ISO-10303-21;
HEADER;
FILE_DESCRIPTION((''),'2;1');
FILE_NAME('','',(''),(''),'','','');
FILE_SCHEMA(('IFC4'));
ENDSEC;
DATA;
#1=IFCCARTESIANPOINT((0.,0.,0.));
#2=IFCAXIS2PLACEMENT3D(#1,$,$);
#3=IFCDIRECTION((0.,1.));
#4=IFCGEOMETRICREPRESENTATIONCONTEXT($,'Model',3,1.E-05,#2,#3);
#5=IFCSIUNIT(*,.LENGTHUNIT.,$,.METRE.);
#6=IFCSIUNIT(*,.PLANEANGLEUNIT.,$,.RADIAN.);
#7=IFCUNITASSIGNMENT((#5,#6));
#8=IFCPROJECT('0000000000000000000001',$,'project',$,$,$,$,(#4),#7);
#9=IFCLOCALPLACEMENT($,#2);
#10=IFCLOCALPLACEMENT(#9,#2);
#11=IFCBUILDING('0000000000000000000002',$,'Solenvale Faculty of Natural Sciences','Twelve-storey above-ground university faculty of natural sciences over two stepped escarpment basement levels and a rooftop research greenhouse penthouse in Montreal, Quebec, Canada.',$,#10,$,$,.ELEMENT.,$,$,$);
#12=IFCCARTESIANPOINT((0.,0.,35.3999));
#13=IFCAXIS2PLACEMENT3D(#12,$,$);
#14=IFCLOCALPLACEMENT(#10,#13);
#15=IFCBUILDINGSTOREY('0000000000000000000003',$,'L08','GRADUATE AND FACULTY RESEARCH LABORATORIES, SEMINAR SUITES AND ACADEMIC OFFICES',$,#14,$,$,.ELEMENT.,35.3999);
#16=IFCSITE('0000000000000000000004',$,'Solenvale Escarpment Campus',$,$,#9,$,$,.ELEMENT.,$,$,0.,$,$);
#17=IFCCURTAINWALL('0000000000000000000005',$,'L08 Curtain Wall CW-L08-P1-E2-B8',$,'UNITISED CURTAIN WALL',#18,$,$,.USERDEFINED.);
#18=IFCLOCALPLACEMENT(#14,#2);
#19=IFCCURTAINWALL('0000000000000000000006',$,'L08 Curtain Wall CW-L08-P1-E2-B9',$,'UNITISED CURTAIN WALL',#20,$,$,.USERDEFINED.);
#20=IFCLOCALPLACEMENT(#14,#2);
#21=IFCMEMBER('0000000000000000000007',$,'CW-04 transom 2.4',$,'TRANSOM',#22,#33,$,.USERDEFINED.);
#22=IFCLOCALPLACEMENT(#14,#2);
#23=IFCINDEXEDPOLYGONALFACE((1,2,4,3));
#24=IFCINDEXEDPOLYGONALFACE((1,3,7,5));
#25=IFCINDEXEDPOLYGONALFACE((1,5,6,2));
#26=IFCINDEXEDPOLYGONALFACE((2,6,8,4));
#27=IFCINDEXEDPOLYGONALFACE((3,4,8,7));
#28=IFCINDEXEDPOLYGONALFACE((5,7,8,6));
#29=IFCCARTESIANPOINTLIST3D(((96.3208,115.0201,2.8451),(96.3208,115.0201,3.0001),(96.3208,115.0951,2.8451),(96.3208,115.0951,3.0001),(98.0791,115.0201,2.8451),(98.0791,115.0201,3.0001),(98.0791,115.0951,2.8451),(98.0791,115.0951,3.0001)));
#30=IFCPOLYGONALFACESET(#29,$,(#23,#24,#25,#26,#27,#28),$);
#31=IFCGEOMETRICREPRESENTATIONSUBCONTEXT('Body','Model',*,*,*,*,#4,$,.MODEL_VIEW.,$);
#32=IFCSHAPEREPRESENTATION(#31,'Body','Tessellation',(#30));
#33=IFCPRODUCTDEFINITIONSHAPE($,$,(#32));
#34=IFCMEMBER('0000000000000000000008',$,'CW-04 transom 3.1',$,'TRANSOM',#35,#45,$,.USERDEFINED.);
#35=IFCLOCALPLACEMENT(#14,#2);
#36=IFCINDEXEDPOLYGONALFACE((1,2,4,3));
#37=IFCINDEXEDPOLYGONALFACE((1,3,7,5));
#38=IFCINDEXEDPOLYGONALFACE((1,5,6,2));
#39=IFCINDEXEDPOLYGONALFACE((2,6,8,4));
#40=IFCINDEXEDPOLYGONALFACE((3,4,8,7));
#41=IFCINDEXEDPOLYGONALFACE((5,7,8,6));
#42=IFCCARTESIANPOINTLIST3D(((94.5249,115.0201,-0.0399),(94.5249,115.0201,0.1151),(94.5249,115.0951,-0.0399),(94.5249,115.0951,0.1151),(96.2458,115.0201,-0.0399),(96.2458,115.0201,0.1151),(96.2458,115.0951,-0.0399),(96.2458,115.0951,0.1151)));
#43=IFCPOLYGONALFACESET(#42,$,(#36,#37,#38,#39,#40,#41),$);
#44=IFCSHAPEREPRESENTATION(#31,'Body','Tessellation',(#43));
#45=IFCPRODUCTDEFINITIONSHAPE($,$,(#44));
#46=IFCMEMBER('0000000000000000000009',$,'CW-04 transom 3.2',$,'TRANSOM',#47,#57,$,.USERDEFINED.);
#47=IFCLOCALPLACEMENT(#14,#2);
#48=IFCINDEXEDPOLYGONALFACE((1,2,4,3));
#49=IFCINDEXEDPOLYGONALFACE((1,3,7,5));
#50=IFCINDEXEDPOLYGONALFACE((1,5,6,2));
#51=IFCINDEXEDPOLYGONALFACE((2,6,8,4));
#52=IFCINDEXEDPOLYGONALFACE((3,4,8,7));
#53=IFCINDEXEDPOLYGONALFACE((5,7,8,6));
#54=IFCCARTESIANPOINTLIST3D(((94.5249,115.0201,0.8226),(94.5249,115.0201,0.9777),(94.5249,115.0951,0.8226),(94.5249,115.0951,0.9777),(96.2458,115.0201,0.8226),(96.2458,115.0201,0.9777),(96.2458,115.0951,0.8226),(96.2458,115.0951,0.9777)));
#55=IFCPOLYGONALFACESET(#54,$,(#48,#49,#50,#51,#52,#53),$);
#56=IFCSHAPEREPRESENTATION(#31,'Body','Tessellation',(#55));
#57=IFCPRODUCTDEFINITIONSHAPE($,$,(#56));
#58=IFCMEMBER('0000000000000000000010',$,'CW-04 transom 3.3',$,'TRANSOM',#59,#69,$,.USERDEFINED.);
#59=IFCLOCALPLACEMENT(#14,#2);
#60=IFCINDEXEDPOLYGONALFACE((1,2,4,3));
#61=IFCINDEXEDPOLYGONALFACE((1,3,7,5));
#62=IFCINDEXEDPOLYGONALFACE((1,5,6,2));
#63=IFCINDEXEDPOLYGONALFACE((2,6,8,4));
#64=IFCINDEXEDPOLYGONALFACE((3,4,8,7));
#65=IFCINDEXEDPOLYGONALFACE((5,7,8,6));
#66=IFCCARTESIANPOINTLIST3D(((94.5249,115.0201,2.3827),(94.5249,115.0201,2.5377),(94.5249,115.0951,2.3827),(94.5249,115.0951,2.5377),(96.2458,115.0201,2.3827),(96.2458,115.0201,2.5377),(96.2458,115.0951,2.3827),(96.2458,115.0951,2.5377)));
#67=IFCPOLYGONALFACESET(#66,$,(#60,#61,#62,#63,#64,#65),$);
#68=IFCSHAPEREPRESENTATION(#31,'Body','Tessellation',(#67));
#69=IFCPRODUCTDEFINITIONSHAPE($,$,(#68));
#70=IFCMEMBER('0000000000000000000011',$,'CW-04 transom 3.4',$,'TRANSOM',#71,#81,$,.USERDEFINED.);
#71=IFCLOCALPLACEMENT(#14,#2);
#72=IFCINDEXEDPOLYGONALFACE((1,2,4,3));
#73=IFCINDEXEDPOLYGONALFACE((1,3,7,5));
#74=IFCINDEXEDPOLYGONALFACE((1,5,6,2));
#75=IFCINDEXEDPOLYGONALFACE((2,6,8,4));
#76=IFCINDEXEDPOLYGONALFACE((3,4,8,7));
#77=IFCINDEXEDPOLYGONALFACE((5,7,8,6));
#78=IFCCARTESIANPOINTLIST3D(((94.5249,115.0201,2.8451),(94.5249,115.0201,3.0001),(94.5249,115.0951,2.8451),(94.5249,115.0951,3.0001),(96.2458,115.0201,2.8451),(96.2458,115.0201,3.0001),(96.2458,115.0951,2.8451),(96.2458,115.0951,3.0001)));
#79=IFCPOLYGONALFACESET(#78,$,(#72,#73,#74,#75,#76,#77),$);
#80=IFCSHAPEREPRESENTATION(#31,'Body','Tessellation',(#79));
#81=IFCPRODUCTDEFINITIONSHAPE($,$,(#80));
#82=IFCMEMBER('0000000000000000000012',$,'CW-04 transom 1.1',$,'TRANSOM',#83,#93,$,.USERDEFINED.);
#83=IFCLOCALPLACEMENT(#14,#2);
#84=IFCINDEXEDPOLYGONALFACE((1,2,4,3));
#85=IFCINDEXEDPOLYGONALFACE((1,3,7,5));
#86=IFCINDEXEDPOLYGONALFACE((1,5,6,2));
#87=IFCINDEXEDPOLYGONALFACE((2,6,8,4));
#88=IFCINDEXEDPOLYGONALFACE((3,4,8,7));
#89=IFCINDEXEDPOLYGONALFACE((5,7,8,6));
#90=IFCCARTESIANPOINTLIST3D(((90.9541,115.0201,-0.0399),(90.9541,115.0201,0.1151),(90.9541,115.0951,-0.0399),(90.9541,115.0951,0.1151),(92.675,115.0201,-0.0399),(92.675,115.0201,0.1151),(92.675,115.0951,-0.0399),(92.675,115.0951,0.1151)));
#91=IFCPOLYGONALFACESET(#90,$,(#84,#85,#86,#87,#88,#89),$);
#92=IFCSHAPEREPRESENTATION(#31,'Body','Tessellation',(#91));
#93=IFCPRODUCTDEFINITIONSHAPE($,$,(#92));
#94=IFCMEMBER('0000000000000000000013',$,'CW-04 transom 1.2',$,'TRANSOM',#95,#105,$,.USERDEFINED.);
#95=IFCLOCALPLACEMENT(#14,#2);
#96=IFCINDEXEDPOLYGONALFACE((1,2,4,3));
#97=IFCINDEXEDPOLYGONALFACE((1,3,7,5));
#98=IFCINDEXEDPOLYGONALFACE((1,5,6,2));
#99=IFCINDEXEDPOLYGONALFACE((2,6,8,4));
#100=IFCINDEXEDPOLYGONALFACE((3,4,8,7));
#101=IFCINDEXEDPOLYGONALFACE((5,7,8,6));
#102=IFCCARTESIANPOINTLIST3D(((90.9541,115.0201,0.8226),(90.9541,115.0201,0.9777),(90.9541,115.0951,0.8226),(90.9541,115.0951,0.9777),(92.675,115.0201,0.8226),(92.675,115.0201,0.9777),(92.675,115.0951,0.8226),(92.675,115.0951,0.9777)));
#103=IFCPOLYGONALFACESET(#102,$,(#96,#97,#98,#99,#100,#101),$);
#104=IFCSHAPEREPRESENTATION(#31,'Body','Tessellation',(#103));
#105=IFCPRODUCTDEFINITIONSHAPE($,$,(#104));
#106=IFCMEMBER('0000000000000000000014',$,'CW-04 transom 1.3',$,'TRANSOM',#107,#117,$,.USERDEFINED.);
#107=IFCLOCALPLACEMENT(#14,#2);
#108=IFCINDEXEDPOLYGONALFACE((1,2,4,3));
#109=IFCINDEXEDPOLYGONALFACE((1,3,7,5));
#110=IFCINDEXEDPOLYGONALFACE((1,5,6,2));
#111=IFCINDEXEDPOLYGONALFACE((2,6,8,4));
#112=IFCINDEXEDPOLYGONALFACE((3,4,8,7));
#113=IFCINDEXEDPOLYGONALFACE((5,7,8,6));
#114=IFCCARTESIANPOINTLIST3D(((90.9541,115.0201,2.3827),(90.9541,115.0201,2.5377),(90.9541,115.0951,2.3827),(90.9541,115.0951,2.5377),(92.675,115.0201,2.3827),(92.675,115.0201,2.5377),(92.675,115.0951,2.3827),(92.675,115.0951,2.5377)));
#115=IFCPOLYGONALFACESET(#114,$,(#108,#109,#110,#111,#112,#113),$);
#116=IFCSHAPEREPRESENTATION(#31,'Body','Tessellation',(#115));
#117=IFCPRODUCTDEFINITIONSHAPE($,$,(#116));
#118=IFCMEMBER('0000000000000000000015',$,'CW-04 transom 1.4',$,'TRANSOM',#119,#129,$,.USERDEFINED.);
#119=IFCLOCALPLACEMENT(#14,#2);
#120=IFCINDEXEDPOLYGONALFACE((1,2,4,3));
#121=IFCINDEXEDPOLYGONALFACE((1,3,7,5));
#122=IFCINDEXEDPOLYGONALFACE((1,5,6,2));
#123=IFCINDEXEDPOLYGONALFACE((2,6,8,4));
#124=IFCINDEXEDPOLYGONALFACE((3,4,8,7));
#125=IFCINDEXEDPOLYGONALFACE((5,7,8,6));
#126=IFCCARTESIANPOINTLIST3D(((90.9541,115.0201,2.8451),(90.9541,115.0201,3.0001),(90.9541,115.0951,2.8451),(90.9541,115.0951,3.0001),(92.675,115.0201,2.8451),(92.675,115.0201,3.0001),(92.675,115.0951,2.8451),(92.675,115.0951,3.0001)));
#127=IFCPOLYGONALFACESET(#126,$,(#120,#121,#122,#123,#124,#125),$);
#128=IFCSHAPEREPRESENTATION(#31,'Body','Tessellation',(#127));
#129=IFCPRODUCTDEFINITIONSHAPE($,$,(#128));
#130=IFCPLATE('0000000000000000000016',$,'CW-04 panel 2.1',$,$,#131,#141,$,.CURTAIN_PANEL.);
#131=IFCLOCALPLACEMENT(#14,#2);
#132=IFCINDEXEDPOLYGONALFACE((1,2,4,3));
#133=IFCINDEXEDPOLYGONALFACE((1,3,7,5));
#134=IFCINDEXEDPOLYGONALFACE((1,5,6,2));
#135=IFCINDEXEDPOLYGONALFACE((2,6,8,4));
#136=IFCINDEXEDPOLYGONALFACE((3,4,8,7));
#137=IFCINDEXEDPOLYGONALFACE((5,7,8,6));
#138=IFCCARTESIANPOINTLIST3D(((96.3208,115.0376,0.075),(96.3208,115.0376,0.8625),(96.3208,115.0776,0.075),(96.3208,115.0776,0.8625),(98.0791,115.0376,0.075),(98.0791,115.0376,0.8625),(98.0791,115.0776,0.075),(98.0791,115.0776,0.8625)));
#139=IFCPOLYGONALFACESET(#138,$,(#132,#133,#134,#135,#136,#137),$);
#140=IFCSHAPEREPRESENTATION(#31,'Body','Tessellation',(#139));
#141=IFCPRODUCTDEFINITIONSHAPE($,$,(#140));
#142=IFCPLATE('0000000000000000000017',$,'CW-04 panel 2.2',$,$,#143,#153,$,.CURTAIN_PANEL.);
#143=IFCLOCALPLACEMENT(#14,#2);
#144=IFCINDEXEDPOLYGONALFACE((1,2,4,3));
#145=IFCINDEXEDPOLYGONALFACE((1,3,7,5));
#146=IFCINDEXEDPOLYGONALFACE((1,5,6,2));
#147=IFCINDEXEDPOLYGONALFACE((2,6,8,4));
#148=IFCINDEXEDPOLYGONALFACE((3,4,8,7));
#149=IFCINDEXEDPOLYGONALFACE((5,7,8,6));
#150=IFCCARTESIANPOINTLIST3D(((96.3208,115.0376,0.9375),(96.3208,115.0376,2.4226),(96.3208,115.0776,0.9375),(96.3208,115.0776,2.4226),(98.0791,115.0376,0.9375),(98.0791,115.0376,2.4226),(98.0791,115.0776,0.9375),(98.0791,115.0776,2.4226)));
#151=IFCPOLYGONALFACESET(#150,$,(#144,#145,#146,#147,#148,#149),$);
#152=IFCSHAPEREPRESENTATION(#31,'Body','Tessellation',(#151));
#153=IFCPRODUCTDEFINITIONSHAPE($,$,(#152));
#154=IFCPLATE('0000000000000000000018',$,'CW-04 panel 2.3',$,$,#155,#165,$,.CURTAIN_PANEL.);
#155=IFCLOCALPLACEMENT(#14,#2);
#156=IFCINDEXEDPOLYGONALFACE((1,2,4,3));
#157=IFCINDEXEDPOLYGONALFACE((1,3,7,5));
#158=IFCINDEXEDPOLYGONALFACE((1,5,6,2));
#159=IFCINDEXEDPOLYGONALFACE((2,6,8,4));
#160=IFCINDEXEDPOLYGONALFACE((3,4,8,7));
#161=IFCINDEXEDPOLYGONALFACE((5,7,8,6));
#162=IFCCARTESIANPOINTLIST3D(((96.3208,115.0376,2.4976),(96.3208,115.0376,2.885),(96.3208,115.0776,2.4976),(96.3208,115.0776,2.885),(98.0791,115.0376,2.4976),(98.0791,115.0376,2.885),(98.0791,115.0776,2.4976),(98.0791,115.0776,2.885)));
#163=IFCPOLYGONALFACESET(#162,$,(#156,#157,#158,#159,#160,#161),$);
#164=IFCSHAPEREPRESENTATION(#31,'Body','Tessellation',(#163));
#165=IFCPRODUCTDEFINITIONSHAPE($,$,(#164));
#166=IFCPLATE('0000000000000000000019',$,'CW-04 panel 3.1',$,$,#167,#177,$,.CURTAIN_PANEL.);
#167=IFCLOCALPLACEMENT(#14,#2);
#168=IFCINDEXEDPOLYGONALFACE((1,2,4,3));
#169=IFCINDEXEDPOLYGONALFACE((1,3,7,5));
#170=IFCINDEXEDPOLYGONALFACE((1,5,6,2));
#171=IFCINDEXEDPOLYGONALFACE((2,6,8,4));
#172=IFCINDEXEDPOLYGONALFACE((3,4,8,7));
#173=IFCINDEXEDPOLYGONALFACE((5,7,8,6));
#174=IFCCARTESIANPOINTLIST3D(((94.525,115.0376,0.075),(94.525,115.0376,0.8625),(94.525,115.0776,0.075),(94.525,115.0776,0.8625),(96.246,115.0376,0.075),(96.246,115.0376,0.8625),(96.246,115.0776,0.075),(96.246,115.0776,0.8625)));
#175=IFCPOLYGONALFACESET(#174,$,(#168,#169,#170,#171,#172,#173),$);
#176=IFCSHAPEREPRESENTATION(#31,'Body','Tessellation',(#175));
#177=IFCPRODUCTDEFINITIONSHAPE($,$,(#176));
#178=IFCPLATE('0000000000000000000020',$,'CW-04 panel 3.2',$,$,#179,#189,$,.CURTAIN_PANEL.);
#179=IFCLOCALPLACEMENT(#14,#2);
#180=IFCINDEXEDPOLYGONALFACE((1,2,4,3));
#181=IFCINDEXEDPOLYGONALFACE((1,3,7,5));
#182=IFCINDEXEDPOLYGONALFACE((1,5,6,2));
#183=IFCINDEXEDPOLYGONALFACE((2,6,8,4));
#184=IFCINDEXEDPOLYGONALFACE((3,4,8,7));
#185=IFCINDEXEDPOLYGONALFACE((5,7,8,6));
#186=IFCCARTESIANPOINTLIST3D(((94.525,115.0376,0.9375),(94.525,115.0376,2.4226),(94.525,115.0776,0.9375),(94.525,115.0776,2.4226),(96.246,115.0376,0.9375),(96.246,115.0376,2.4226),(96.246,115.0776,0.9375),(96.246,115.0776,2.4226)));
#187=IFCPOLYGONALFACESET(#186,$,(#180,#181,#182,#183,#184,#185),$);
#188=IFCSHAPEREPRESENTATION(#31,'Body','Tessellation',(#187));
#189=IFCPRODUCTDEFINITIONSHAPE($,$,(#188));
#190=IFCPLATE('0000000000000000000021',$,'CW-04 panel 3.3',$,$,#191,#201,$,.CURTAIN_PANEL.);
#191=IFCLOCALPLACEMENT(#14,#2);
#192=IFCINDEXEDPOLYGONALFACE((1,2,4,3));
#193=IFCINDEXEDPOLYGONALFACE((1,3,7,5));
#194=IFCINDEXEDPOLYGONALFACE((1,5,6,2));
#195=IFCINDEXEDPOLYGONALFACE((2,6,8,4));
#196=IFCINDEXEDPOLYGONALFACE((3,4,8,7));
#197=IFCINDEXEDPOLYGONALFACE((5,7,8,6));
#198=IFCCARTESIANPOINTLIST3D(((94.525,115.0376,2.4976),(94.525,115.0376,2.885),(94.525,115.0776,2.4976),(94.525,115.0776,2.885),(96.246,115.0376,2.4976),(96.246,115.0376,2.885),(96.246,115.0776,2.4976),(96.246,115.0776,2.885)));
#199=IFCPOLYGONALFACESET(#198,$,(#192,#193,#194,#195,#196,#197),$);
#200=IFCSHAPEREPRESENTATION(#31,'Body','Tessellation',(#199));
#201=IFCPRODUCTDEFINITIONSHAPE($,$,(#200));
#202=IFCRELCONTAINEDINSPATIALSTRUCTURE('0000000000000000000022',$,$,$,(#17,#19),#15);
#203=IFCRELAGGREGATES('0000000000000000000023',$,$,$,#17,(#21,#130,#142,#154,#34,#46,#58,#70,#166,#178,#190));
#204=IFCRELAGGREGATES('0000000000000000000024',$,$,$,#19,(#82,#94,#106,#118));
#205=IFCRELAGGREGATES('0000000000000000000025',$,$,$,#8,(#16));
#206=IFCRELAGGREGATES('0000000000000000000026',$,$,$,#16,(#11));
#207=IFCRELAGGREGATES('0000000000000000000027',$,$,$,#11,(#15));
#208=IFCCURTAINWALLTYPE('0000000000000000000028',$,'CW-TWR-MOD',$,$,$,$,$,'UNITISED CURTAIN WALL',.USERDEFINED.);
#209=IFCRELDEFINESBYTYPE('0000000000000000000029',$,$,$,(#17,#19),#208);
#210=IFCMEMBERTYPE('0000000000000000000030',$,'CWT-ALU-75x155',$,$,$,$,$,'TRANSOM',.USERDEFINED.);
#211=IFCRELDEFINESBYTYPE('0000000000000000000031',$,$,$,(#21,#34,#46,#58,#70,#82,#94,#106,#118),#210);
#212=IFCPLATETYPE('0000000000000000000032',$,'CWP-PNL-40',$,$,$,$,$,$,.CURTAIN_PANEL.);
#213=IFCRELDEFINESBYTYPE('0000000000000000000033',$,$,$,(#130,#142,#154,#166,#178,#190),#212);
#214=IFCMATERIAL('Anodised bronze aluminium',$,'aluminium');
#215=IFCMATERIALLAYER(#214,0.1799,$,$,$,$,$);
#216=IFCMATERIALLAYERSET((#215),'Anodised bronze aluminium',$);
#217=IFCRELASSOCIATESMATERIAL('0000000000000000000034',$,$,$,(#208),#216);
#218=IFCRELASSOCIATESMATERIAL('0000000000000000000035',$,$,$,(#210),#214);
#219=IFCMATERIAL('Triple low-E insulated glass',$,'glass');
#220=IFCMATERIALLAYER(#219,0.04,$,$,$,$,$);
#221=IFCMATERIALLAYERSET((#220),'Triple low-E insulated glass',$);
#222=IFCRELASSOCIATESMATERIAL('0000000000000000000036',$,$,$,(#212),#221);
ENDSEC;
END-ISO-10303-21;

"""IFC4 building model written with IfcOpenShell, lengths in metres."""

from ifc_helpers import new_model, si_unit, direction, frame, origin, origin_2d, place, context, subcontext, project, spatial, rectangle, extrude, material, layer, layer_set, material_profile, profile_set, type_object, element, aggregate, save


model = new_model("IFC4")

# Units and contexts
model_context = context("Model", 3, precision=1e-05, world=origin(), true_north=direction((0.0, 1.0)))
body_context = subcontext(model_context, "Body", "Model", "MODEL_VIEW")
ifc_project = project(units=[si_unit("LENGTHUNIT", "METRE"), si_unit("PLANEANGLEUNIT", "RADIAN")], contexts=[model_context])

# Site, building, storey
site_placement = place(None, origin())
site = spatial("IfcSite", under=ifc_project, at=site_placement, Name="Solenvale Escarpment Campus", CompositionType="ELEMENT", RefElevation=0.0)
building_placement = place(site_placement, origin())
building = spatial("IfcBuilding", under=site, at=building_placement, Name="Solenvale Faculty of Natural Sciences", Description="Twelve-storey above-ground university faculty of natural sciences over two stepped escarpment basement levels and a rooftop research greenhouse penthouse in Montreal, Quebec, Canada.", CompositionType="ELEMENT")
storey_placement = place(building_placement, frame((0.0, 0.0, 35.3999)))
storey = spatial("IfcBuildingStorey", under=building, at=storey_placement, Name="L08", Description="GRADUATE AND FACULTY RESEARCH LABORATORIES, SEMINAR SUITES AND ACADEMIC OFFICES", CompositionType="ELEMENT", Elevation=35.3999)

# Curtain walls
ifc_material_1 = material(Name="Anodised bronze aluminium", Category="aluminium")
ifc_layer_1 = layer(ifc_material_1, 0.1799)
ifc_layer_set_1 = layer_set([ifc_layer_1], Name="Anodised bronze aluminium")
curtain_wall_type = type_object("IfcCurtainWallType", Name="CW-TWR-MOD", ElementType="UNITISED CURTAIN WALL", PredefinedType="USERDEFINED", material=ifc_layer_set_1)
curtain_wall_1_placement = place(storey_placement, origin())
curtain_wall_1 = element("IfcCurtainWall", 1, at=curtain_wall_1_placement, inside=storey, type_object=curtain_wall_type, Name="L08 Curtain Wall CW-L08-P1-E2-B8", ObjectType="UNITISED CURTAIN WALL", PredefinedType="USERDEFINED")
curtain_wall_2_placement = place(storey_placement, origin())
curtain_wall_2 = element("IfcCurtainWall", 2, at=curtain_wall_2_placement, inside=storey, type_object=curtain_wall_type, Name="L08 Curtain Wall CW-L08-P1-E2-B9", ObjectType="UNITISED CURTAIN WALL", PredefinedType="USERDEFINED")

# Members
ifc_material_profile_1 = material_profile(ifc_material_1, rectangle(XDim=0.075, YDim=0.155, at=origin_2d()), Name="ALU-TRN-75x155")
ifc_profile_set_1 = profile_set([ifc_material_profile_1], Name="Anodised bronze aluminium")
member_type_1 = type_object("IfcMemberType", Name="CWT-ALU-75x155", ElementType="TRANSOM", PredefinedType="USERDEFINED", material=ifc_profile_set_1)
member_1_placement = place(storey_placement, frame((98.0791, 115.0576, 2.9226), z_axis=(-1.0, 0.0, 0.0), x_axis=(0.0, -1.0, 0.0)))
member_1 = element("IfcMember", 3, at=member_1_placement, type_object=member_type_1, Name="CW-04 transom 2.4", ObjectType="TRANSOM", PredefinedType="USERDEFINED", context=body_context, shape_type="SweptSolid", body=[
    extrude(rectangle(XDim=0.075, YDim=0.155, at=origin_2d()), origin(), (0.0, 0.0, 1.0), 1.7583),
])
member_2_placement = place(storey_placement, frame((96.2458, 115.0576, 0.0376), z_axis=(-1.0, 0.0, 0.0), x_axis=(0.0, -1.0, 0.0)))
member_2 = element("IfcMember", 4, at=member_2_placement, type_object=member_type_1, Name="CW-04 transom 3.1", ObjectType="TRANSOM", PredefinedType="USERDEFINED", context=body_context, shape_type="SweptSolid", body=[
    extrude(rectangle(XDim=0.075, YDim=0.155, at=origin_2d()), origin(), (0.0, 0.0, 1.0), 1.7209),
])
member_3_placement = place(storey_placement, frame((96.2458, 115.0576, 0.9001), z_axis=(-1.0, 0.0, 0.0), x_axis=(0.0, -1.0, 0.0)))
member_3 = element("IfcMember", 5, at=member_3_placement, type_object=member_type_1, Name="CW-04 transom 3.2", ObjectType="TRANSOM", PredefinedType="USERDEFINED", context=body_context, shape_type="SweptSolid", body=[
    extrude(rectangle(XDim=0.075, YDim=0.155, at=origin_2d()), origin(), (0.0, 0.0, 1.0), 1.7209),
])
member_4_placement = place(storey_placement, frame((96.2458, 115.0576, 2.4602), z_axis=(-1.0, 0.0, 0.0), x_axis=(0.0, -1.0, 0.0)))
member_4 = element("IfcMember", 6, at=member_4_placement, type_object=member_type_1, Name="CW-04 transom 3.3", ObjectType="TRANSOM", PredefinedType="USERDEFINED", context=body_context, shape_type="SweptSolid", body=[
    extrude(rectangle(XDim=0.075, YDim=0.155, at=origin_2d()), origin(), (0.0, 0.0, 1.0), 1.7209),
])
member_5_placement = place(storey_placement, frame((96.2458, 115.0576, 2.9226), z_axis=(-1.0, 0.0, 0.0), x_axis=(0.0, -1.0, 0.0)))
member_5 = element("IfcMember", 7, at=member_5_placement, type_object=member_type_1, Name="CW-04 transom 3.4", ObjectType="TRANSOM", PredefinedType="USERDEFINED", context=body_context, shape_type="SweptSolid", body=[
    extrude(rectangle(XDim=0.075, YDim=0.155, at=origin_2d()), origin(), (0.0, 0.0, 1.0), 1.7209),
])
member_6_placement = place(storey_placement, frame((92.675, 115.0576, 0.0376), z_axis=(-1.0, 0.0, 0.0), x_axis=(0.0, -1.0, 0.0)))
member_6 = element("IfcMember", 8, at=member_6_placement, type_object=member_type_1, Name="CW-04 transom 1.1", ObjectType="TRANSOM", PredefinedType="USERDEFINED", context=body_context, shape_type="SweptSolid", body=[
    extrude(rectangle(XDim=0.075, YDim=0.155, at=origin_2d()), origin(), (0.0, 0.0, 1.0), 1.7209),
])
member_7_placement = place(storey_placement, frame((92.675, 115.0576, 0.9001), z_axis=(-1.0, 0.0, 0.0), x_axis=(0.0, -1.0, 0.0)))
member_7 = element("IfcMember", 9, at=member_7_placement, type_object=member_type_1, Name="CW-04 transom 1.2", ObjectType="TRANSOM", PredefinedType="USERDEFINED", context=body_context, shape_type="SweptSolid", body=[
    extrude(rectangle(XDim=0.075, YDim=0.155, at=origin_2d()), origin(), (0.0, 0.0, 1.0), 1.7209),
])
member_8_placement = place(storey_placement, frame((92.675, 115.0576, 2.4602), z_axis=(-1.0, 0.0, 0.0), x_axis=(0.0, -1.0, 0.0)))
member_8 = element("IfcMember", 10, at=member_8_placement, type_object=member_type_1, Name="CW-04 transom 1.3", ObjectType="TRANSOM", PredefinedType="USERDEFINED", context=body_context, shape_type="SweptSolid", body=[
    extrude(rectangle(XDim=0.075, YDim=0.155, at=origin_2d()), origin(), (0.0, 0.0, 1.0), 1.7209),
])
member_9_placement = place(storey_placement, frame((92.675, 115.0576, 2.9226), z_axis=(-1.0, 0.0, 0.0), x_axis=(0.0, -1.0, 0.0)))
member_9 = element("IfcMember", 11, at=member_9_placement, type_object=member_type_1, Name="CW-04 transom 1.4", ObjectType="TRANSOM", PredefinedType="USERDEFINED", context=body_context, shape_type="SweptSolid", body=[
    extrude(rectangle(XDim=0.075, YDim=0.155, at=origin_2d()), origin(), (0.0, 0.0, 1.0), 1.7209),
])

# Plates
ifc_material_2 = material(Name="Triple low-E insulated glass", Category="glass")
ifc_layer_2 = layer(ifc_material_2, 0.04)
ifc_layer_set_2 = layer_set([ifc_layer_2], Name="Triple low-E insulated glass")
plate_type_1 = type_object("IfcPlateType", Name="CWP-PNL-40", PredefinedType="CURTAIN_PANEL", material=ifc_layer_set_2)
plate_1_placement = place(storey_placement, frame((97.2, 115.0576, 0.075), z_axis=(0.0, 0.0, 1.0), x_axis=(-1.0, 0.0, 0.0)))
plate_1 = element("IfcPlate", 12, at=plate_1_placement, type_object=plate_type_1, Name="CW-04 panel 2.1", PredefinedType="CURTAIN_PANEL", context=body_context, shape_type="SweptSolid", body=[
    extrude(rectangle(XDim=1.7583, YDim=0.04, at=origin_2d()), origin(), (0.0, 0.0, 1.0), 0.7876),
])
plate_2_placement = place(storey_placement, frame((97.2, 115.0576, 0.9375), z_axis=(0.0, 0.0, 1.0), x_axis=(-1.0, 0.0, 0.0)))
plate_2 = element("IfcPlate", 13, at=plate_2_placement, type_object=plate_type_1, Name="CW-04 panel 2.2", PredefinedType="CURTAIN_PANEL", context=body_context, shape_type="SweptSolid", body=[
    extrude(rectangle(XDim=1.7583, YDim=0.04, at=origin_2d()), origin(), (0.0, 0.0, 1.0), 1.4851),
])
plate_3_placement = place(storey_placement, frame((97.2, 115.0576, 2.4976), z_axis=(0.0, 0.0, 1.0), x_axis=(-1.0, 0.0, 0.0)))
plate_3 = element("IfcPlate", 14, at=plate_3_placement, type_object=plate_type_1, Name="CW-04 panel 2.3", PredefinedType="CURTAIN_PANEL", context=body_context, shape_type="SweptSolid", body=[
    extrude(rectangle(XDim=1.7583, YDim=0.04, at=origin_2d()), origin(), (0.0, 0.0, 1.0), 0.3875),
])
plate_4_placement = place(storey_placement, frame((95.3855, 115.0576, 0.075), z_axis=(0.0, 0.0, 1.0), x_axis=(-1.0, 0.0, 0.0)))
plate_4 = element("IfcPlate", 15, at=plate_4_placement, type_object=plate_type_1, Name="CW-04 panel 3.1", PredefinedType="CURTAIN_PANEL", context=body_context, shape_type="SweptSolid", body=[
    extrude(rectangle(XDim=1.7209, YDim=0.04, at=origin_2d()), origin(), (0.0, 0.0, 1.0), 0.7876),
])
plate_5_placement = place(storey_placement, frame((95.3855, 115.0576, 0.9375), z_axis=(0.0, 0.0, 1.0), x_axis=(-1.0, 0.0, 0.0)))
plate_5 = element("IfcPlate", 16, at=plate_5_placement, type_object=plate_type_1, Name="CW-04 panel 3.2", PredefinedType="CURTAIN_PANEL", context=body_context, shape_type="SweptSolid", body=[
    extrude(rectangle(XDim=1.7209, YDim=0.04, at=origin_2d()), origin(), (0.0, 0.0, 1.0), 1.4851),
])
plate_6_placement = place(storey_placement, frame((95.3855, 115.0576, 2.4976), z_axis=(0.0, 0.0, 1.0), x_axis=(-1.0, 0.0, 0.0)))
plate_6 = element("IfcPlate", 17, at=plate_6_placement, type_object=plate_type_1, Name="CW-04 panel 3.3", PredefinedType="CURTAIN_PANEL", context=body_context, shape_type="SweptSolid", body=[
    extrude(rectangle(XDim=1.7209, YDim=0.04, at=origin_2d()), origin(), (0.0, 0.0, 1.0), 0.3875),
])
aggregate(curtain_wall_1, [member_1, plate_1, plate_2, plate_3, member_2, member_3, member_4, member_5, plate_4, plate_5, plate_6])
aggregate(curtain_wall_2, [member_6, member_7, member_8, member_9])

save(model, "model.ifc")
